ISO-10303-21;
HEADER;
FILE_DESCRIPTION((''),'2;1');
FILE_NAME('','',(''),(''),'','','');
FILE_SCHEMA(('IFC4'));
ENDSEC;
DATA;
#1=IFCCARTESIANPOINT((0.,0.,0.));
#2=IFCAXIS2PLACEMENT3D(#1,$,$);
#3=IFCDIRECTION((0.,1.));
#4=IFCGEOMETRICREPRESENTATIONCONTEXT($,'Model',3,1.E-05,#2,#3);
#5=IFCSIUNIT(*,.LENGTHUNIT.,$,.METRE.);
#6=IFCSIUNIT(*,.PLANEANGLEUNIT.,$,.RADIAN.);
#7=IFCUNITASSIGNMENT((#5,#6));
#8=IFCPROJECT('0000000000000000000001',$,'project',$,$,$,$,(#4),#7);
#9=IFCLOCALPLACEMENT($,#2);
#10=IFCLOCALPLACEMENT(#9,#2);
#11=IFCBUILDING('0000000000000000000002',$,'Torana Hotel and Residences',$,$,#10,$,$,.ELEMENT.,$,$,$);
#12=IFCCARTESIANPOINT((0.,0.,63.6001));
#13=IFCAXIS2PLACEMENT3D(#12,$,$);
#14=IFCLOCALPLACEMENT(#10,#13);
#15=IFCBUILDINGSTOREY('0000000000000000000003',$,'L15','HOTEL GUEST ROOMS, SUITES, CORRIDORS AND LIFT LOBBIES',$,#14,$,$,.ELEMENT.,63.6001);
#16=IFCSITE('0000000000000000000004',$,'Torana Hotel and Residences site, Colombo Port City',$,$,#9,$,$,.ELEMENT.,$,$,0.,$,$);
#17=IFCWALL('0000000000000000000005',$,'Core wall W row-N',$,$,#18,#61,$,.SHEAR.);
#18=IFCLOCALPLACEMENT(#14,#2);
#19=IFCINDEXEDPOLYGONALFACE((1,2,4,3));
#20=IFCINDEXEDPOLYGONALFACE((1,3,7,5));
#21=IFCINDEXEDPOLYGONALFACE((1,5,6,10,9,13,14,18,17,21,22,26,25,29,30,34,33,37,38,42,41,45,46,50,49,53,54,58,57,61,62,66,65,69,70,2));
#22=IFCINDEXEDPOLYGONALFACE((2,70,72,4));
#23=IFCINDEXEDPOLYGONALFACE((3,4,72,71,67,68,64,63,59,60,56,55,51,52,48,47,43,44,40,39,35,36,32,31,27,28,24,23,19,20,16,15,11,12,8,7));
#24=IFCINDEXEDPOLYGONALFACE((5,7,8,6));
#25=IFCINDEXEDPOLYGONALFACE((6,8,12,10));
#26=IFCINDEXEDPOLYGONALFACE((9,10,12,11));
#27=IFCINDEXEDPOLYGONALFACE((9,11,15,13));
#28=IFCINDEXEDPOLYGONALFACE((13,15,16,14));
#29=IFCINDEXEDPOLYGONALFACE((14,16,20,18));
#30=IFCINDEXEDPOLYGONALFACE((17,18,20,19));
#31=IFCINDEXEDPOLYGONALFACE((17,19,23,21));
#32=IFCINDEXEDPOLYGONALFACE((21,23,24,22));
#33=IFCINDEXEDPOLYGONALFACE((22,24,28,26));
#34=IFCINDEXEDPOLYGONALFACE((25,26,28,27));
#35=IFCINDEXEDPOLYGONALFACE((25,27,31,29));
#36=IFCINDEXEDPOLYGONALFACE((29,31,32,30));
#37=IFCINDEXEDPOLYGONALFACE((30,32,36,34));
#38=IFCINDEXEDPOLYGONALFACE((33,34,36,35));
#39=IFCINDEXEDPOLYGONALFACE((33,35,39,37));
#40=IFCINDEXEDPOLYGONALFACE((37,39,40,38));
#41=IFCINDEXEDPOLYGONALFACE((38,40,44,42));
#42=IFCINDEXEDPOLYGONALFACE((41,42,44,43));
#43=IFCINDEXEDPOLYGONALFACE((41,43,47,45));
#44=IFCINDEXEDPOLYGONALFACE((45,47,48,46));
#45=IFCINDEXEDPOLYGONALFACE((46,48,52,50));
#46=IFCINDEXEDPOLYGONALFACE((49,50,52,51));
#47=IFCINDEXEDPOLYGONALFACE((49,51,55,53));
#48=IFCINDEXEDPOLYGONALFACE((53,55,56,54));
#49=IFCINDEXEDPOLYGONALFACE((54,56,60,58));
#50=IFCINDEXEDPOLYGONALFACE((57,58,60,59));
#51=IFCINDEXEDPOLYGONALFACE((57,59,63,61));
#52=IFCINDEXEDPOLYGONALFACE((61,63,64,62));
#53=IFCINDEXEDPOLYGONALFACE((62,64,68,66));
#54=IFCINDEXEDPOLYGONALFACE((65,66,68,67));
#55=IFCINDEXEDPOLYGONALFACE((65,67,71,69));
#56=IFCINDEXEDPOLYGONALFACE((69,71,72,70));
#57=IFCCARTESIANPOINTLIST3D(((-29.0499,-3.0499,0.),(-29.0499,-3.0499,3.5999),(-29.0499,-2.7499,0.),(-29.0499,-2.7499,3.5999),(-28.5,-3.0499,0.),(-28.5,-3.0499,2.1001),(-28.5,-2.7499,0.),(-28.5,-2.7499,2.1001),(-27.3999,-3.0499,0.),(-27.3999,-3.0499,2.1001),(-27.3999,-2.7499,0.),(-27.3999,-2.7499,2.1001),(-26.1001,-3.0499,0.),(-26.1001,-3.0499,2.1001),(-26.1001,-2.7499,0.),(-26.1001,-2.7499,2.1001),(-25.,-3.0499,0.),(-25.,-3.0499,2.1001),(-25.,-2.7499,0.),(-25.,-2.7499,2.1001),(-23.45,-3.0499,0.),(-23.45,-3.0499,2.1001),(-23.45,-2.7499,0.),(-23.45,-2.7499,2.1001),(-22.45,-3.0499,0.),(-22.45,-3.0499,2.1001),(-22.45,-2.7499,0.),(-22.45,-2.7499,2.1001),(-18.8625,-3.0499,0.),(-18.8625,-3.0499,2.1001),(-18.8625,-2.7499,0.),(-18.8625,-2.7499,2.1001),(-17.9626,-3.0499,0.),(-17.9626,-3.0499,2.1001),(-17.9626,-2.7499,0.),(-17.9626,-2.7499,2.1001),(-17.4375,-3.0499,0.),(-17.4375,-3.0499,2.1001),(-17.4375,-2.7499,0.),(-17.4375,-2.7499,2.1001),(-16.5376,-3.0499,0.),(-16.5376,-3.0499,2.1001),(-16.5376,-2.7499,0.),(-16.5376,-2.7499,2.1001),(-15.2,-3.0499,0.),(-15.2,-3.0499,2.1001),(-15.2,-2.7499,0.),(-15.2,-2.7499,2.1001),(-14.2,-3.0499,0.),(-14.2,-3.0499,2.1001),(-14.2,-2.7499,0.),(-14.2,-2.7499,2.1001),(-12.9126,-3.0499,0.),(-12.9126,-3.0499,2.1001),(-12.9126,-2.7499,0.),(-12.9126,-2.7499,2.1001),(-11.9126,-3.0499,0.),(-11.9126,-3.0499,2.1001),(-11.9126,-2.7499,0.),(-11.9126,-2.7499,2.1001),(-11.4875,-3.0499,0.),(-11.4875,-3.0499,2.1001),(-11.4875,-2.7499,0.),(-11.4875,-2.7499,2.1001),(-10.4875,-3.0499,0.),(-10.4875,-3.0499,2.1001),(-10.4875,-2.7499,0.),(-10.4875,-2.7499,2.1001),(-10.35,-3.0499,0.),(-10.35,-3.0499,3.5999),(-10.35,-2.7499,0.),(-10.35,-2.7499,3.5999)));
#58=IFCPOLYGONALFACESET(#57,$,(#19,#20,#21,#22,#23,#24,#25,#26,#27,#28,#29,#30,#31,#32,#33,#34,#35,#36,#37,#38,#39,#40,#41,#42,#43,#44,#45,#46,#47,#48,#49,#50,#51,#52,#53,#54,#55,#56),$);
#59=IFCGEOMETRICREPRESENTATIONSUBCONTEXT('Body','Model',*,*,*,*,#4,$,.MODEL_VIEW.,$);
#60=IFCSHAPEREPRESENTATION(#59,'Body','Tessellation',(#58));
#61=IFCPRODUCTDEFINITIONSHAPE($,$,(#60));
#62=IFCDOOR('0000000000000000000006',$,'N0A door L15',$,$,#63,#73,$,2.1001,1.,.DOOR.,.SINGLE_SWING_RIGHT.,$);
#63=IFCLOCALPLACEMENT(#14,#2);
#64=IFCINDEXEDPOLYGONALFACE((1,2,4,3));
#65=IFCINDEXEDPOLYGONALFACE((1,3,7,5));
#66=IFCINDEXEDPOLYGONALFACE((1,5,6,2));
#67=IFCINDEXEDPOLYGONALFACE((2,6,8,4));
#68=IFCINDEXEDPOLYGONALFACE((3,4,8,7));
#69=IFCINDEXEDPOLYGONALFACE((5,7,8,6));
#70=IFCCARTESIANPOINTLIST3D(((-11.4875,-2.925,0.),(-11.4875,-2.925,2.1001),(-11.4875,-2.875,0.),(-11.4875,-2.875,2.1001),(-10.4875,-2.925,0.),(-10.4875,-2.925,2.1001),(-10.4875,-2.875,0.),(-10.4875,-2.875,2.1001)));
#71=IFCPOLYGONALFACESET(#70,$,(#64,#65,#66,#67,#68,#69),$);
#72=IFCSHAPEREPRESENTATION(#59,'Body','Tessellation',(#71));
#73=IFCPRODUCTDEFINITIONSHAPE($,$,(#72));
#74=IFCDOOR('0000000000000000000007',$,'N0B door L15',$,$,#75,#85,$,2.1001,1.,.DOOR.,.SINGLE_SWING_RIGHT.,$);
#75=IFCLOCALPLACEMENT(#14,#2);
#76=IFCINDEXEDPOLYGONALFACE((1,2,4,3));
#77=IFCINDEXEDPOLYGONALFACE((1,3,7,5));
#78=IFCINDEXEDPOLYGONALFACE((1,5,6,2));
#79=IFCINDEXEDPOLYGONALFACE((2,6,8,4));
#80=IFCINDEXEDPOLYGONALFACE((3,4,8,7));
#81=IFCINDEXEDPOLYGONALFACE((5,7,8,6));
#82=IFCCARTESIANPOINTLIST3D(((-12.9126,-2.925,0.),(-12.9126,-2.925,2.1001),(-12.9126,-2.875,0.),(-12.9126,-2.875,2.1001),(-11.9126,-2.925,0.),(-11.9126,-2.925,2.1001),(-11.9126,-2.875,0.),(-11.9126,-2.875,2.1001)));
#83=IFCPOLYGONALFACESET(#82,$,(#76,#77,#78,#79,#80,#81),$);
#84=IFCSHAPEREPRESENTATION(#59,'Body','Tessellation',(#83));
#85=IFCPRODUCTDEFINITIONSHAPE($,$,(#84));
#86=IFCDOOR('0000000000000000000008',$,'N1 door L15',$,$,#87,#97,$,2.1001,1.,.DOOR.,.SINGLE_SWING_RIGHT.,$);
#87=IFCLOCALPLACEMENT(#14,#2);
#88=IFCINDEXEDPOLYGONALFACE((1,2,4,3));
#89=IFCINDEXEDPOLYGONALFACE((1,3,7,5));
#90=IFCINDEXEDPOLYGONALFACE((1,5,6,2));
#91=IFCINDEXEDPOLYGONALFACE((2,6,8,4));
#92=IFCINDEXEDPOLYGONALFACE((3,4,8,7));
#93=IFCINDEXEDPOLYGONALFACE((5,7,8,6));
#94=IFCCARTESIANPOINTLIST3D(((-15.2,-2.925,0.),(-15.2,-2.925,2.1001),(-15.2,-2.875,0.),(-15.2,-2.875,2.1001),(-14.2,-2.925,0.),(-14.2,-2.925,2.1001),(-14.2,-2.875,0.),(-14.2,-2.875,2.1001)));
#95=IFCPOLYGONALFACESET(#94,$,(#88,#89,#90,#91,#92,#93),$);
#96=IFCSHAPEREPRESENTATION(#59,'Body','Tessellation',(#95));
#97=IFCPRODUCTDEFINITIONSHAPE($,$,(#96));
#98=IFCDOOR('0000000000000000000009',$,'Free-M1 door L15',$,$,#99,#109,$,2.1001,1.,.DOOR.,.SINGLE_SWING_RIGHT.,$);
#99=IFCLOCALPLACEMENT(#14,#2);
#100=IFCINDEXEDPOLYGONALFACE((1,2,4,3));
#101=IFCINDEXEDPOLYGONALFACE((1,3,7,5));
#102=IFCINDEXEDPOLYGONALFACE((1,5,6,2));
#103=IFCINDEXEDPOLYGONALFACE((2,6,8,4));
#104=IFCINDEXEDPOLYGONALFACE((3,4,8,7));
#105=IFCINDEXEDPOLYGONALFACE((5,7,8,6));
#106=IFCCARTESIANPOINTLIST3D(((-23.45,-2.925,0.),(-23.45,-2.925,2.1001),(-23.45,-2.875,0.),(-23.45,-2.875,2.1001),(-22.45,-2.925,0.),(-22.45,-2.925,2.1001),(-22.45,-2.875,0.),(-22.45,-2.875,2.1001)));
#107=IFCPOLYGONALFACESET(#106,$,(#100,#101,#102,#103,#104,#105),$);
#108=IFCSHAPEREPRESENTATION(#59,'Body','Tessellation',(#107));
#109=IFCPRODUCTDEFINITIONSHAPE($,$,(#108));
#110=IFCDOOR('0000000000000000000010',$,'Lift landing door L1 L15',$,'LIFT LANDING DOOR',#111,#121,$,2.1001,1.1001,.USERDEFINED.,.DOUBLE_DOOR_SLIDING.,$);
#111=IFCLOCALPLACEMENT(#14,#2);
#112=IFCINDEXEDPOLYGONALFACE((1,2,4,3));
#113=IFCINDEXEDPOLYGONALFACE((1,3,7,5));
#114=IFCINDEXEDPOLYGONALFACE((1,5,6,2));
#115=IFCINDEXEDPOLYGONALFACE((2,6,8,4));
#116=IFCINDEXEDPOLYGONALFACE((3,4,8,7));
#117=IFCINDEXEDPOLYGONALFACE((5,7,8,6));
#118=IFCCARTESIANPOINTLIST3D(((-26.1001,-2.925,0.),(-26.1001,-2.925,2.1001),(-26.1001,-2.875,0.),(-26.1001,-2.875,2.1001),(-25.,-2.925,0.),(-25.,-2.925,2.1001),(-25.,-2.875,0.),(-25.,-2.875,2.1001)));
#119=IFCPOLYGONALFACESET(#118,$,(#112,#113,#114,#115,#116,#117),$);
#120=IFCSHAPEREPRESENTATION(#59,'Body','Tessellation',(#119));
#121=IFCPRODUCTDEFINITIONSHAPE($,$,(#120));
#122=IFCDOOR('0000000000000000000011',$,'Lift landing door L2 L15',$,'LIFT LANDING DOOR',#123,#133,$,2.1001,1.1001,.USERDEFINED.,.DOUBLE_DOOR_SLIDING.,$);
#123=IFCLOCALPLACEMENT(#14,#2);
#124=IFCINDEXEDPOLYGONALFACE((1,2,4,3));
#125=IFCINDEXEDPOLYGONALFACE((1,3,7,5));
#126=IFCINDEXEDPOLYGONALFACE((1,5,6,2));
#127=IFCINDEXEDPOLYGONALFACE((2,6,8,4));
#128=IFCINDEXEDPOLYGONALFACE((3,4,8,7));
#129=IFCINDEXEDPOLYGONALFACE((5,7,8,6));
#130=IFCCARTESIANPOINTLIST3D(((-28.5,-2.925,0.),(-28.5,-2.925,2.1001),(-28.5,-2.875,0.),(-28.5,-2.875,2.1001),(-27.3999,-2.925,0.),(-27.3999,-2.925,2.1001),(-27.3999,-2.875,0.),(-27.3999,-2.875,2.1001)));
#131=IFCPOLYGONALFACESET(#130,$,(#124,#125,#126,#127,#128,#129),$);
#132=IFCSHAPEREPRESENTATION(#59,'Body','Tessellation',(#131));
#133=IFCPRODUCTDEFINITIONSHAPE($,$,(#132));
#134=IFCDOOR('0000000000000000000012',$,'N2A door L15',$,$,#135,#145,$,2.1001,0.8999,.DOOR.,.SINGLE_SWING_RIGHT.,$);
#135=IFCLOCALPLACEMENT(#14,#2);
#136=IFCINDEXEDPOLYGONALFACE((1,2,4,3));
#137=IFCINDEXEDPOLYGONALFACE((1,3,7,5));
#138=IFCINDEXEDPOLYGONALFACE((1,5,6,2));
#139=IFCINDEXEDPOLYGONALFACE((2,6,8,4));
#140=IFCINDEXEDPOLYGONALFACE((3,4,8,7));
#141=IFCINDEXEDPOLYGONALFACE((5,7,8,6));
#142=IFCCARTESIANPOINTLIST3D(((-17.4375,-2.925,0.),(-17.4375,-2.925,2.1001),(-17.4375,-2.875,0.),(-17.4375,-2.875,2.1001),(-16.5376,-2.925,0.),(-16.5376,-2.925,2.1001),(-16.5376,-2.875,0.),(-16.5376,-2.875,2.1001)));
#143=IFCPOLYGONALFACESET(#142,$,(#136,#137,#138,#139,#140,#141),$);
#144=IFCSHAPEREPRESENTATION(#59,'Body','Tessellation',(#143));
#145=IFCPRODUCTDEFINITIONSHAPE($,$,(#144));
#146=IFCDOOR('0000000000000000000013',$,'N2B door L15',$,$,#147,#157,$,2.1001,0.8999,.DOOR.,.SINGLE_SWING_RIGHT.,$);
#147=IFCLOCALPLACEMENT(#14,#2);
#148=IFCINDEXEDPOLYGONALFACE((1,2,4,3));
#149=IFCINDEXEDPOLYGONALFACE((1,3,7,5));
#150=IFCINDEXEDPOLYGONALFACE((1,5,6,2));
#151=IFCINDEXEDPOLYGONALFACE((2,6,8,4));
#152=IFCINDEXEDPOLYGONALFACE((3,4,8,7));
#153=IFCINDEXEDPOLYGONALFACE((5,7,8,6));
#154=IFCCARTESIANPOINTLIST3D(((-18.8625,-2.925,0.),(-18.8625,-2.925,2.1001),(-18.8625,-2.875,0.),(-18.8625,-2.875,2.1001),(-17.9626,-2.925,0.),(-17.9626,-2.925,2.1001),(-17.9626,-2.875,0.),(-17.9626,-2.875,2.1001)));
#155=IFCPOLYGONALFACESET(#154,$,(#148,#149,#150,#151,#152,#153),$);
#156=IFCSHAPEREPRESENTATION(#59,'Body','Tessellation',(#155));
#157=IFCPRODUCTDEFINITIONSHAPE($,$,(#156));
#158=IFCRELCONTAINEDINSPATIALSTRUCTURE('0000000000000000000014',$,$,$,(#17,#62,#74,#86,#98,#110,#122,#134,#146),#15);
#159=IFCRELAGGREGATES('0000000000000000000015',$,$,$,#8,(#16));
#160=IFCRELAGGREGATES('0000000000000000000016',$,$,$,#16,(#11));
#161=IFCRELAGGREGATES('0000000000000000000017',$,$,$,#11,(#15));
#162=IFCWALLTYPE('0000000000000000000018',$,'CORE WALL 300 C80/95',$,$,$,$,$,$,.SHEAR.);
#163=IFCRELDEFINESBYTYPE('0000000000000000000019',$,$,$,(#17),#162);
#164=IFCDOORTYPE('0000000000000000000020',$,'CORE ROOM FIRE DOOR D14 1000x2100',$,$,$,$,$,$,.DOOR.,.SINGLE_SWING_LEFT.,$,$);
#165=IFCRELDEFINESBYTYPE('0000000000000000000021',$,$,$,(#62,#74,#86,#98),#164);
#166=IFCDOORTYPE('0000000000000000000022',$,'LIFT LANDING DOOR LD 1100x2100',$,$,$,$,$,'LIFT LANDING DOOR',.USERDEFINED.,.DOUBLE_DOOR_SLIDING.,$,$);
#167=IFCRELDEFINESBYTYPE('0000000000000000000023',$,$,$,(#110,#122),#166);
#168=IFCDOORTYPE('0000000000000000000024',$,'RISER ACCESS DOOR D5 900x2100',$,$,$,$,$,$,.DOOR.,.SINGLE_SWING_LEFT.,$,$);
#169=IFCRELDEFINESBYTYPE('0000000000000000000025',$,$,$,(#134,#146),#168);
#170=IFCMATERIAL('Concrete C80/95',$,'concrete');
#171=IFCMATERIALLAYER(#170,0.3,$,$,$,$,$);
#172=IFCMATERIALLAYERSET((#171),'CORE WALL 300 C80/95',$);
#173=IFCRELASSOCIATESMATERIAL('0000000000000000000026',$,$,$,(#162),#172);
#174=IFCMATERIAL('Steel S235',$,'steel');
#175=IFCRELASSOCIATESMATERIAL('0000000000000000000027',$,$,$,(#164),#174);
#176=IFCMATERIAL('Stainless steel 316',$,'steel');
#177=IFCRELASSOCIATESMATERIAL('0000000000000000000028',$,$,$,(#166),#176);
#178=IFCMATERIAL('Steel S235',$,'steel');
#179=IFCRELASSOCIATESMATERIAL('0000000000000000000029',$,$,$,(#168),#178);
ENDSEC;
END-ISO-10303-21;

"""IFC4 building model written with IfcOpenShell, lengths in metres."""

from ifc_helpers import new_model, si_unit, direction, frame, frame_2d, origin, place, context, subcontext, project, spatial, rectangle, extrude, material, layer, layer_set, type_object, element, fill, save


model = new_model("IFC4")

# Units and contexts
model_context = context("Model", 3, precision=1e-05, world=origin(), true_north=direction((0.0, 1.0)))
body_context = subcontext(model_context, "Body", "Model", "MODEL_VIEW")
ifc_project = project(units=[si_unit("LENGTHUNIT", "METRE"), si_unit("PLANEANGLEUNIT", "RADIAN")], contexts=[model_context])

# Site, building, storey
site_placement = place(None, origin())
site = spatial("IfcSite", under=ifc_project, at=site_placement, Name="Torana Hotel and Residences site, Colombo Port City", CompositionType="ELEMENT", RefElevation=0.0)
building_placement = place(site_placement, origin())
building = spatial("IfcBuilding", under=site, at=building_placement, Name="Torana Hotel and Residences", CompositionType="ELEMENT")
storey_placement = place(building_placement, frame((0.0, 0.0, 63.6001)))
storey = spatial("IfcBuildingStorey", under=building, at=storey_placement, Name="L15", Description="HOTEL GUEST ROOMS, SUITES, CORRIDORS AND LIFT LOBBIES", CompositionType="ELEMENT", Elevation=63.6001)

# Wall, openings, doors
ifc_material_1 = material(Name="Concrete C80/95", Category="concrete")
ifc_layer_1 = layer(ifc_material_1, 0.3)
ifc_layer_set_1 = layer_set([ifc_layer_1], Name="CORE WALL 300 C80/95")
wall_type_1 = type_object("IfcWallType", Name="CORE WALL 300 C80/95", PredefinedType="SHEAR", material=ifc_layer_set_1)
wall_1_placement = place(storey_placement, frame((-29.05, -2.8999, 0.0), z_axis=(0.0, 0.0, 1.0), x_axis=(1.0, 0.0, 0.0)))
wall_1 = element("IfcWall", 1, at=wall_1_placement, inside=storey, type_object=wall_type_1, Name="Core wall W row-N", PredefinedType="SHEAR", context=body_context, shape_type="SweptSolid", body=[
    extrude(rectangle(XDim=18.7, YDim=0.3, at=frame_2d((9.3501, 0.0))), origin(), (0.0, 0.0, 1.0), 3.5999),
])
opening_1_placement = place(wall_1_placement, frame((2.95, 0.0, 0.0)))
opening_1 = element("IfcOpeningElement", 2, at=opening_1_placement, cuts=wall_1, PredefinedType="OPENING", context=body_context, shape_type="SweptSolid", body=[
    extrude(rectangle(XDim=1.1001, YDim=2.1001, at=frame_2d((0.55, 1.05))), frame((0.0, 0.1599, 0.0), z_axis=(0.0, -1.0, 0.0), x_axis=(1.0, 0.0, 0.0)), (0.0, 0.0, 1.0), 0.3201),
])
opening_2_placement = place(wall_1_placement, frame((0.55, 0.0, 0.0)))
opening_2 = element("IfcOpeningElement", 3, at=opening_2_placement, cuts=wall_1, PredefinedType="OPENING", context=body_context, shape_type="SweptSolid", body=[
    extrude(rectangle(XDim=1.1001, YDim=2.1001, at=frame_2d((0.55, 1.05))), frame((0.0, 0.1599, 0.0), z_axis=(0.0, -1.0, 0.0), x_axis=(1.0, 0.0, 0.0)), (0.0, 0.0, 1.0), 0.3201),
])
opening_3_placement = place(wall_1_placement, frame((11.6125, 0.0, 0.0)))
opening_3 = element("IfcOpeningElement", 4, at=opening_3_placement, cuts=wall_1, PredefinedType="OPENING", context=body_context, shape_type="SweptSolid", body=[
    extrude(rectangle(XDim=0.8999, YDim=2.1001, at=frame_2d((0.45, 1.05))), frame((0.0, 0.1599, 0.0), z_axis=(0.0, -1.0, 0.0), x_axis=(1.0, 0.0, 0.0)), (0.0, 0.0, 1.0), 0.3201),
])
opening_4_placement = place(wall_1_placement, frame((10.1875, 0.0, 0.0)))
opening_4 = element("IfcOpeningElement", 5, at=opening_4_placement, cuts=wall_1, PredefinedType="OPENING", context=body_context, shape_type="SweptSolid", body=[
    extrude(rectangle(XDim=0.8999, YDim=2.1001, at=frame_2d((0.45, 1.05))), frame((0.0, 0.1599, 0.0), z_axis=(0.0, -1.0, 0.0), x_axis=(1.0, 0.0, 0.0)), (0.0, 0.0, 1.0), 0.3201),
])
opening_5_placement = place(wall_1_placement, frame((17.5625, 0.0, 0.0)))
opening_5 = element("IfcOpeningElement", 6, at=opening_5_placement, cuts=wall_1, PredefinedType="OPENING", context=body_context, shape_type="SweptSolid", body=[
    extrude(rectangle(XDim=1.0, YDim=2.1001, at=frame_2d((0.5, 1.05))), frame((0.0, 0.1599, 0.0), z_axis=(0.0, -1.0, 0.0), x_axis=(1.0, 0.0, 0.0)), (0.0, 0.0, 1.0), 0.3201),
])
opening_6_placement = place(wall_1_placement, frame((16.1375, 0.0, 0.0)))
opening_6 = element("IfcOpeningElement", 7, at=opening_6_placement, cuts=wall_1, PredefinedType="OPENING", context=body_context, shape_type="SweptSolid", body=[
    extrude(rectangle(XDim=1.0, YDim=2.1001, at=frame_2d((0.5, 1.05))), frame((0.0, 0.1599, 0.0), z_axis=(0.0, -1.0, 0.0), x_axis=(1.0, 0.0, 0.0)), (0.0, 0.0, 1.0), 0.3201),
])
opening_7_placement = place(wall_1_placement, frame((13.8501, 0.0, 0.0)))
opening_7 = element("IfcOpeningElement", 8, at=opening_7_placement, cuts=wall_1, PredefinedType="OPENING", context=body_context, shape_type="SweptSolid", body=[
    extrude(rectangle(XDim=1.0, YDim=2.1001, at=frame_2d((0.5, 1.05))), frame((0.0, 0.1599, 0.0), z_axis=(0.0, -1.0, 0.0), x_axis=(1.0, 0.0, 0.0)), (0.0, 0.0, 1.0), 0.3201),
])
opening_8_placement = place(wall_1_placement, frame((5.6001, 0.0, 0.0)))
opening_8 = element("IfcOpeningElement", 9, at=opening_8_placement, cuts=wall_1, PredefinedType="OPENING", context=body_context, shape_type="SweptSolid", body=[
    extrude(rectangle(XDim=1.0, YDim=2.1001, at=frame_2d((0.5, 1.05))), frame((0.0, 0.1599, 0.0), z_axis=(0.0, -1.0, 0.0), x_axis=(1.0, 0.0, 0.0)), (0.0, 0.0, 1.0), 0.3201),
])
ifc_material_2 = material(Name="Steel S235", Category="steel")
door_type_1 = type_object("IfcDoorType", Name="CORE ROOM FIRE DOOR D14 1000x2100", OperationType="SINGLE_SWING_LEFT", PredefinedType="DOOR", material=ifc_material_2)
door_1_placement = place(opening_5_placement, origin())
door_1 = element("IfcDoor", 10, at=door_1_placement, inside=storey, type_object=door_type_1, Name="N0A door L15", OperationType="SINGLE_SWING_RIGHT", OverallHeight=2.1001, OverallWidth=1.0, PredefinedType="DOOR", context=body_context, shape_type="SweptSolid", body=[
    extrude(rectangle(XDim=1.0, YDim=2.1001, at=frame_2d((0.5, 1.05))), frame((0.0, 0.0249, 0.0), z_axis=(0.0, -1.0, 0.0), x_axis=(1.0, 0.0, 0.0)), (0.0, 0.0, 1.0), 0.05),
])
fill(opening_5, door_1)
door_2_placement = place(opening_6_placement, origin())
door_2 = element("IfcDoor", 11, at=door_2_placement, inside=storey, type_object=door_type_1, Name="N0B door L15", OperationType="SINGLE_SWING_RIGHT", OverallHeight=2.1001, OverallWidth=1.0, PredefinedType="DOOR", context=body_context, shape_type="SweptSolid", body=[
    extrude(rectangle(XDim=1.0, YDim=2.1001, at=frame_2d((0.5, 1.05))), frame((0.0, 0.0249, 0.0), z_axis=(0.0, -1.0, 0.0), x_axis=(1.0, 0.0, 0.0)), (0.0, 0.0, 1.0), 0.05),
])
fill(opening_6, door_2)
door_3_placement = place(opening_7_placement, origin())
door_3 = element("IfcDoor", 12, at=door_3_placement, inside=storey, type_object=door_type_1, Name="N1 door L15", OperationType="SINGLE_SWING_RIGHT", OverallHeight=2.1001, OverallWidth=1.0, PredefinedType="DOOR", context=body_context, shape_type="SweptSolid", body=[
    extrude(rectangle(XDim=1.0, YDim=2.1001, at=frame_2d((0.5, 1.05))), frame((0.0, 0.0249, 0.0), z_axis=(0.0, -1.0, 0.0), x_axis=(1.0, 0.0, 0.0)), (0.0, 0.0, 1.0), 0.05),
])
fill(opening_7, door_3)
door_4_placement = place(opening_8_placement, origin())
door_4 = element("IfcDoor", 13, at=door_4_placement, inside=storey, type_object=door_type_1, Name="Free-M1 door L15", OperationType="SINGLE_SWING_RIGHT", OverallHeight=2.1001, OverallWidth=1.0, PredefinedType="DOOR", context=body_context, shape_type="SweptSolid", body=[
    extrude(rectangle(XDim=1.0, YDim=2.1001, at=frame_2d((0.5, 1.05))), frame((0.0, 0.0249, 0.0), z_axis=(0.0, -1.0, 0.0), x_axis=(1.0, 0.0, 0.0)), (0.0, 0.0, 1.0), 0.05),
])
fill(opening_8, door_4)
ifc_material_3 = material(Name="Stainless steel 316", Category="steel")
door_type_2 = type_object("IfcDoorType", Name="LIFT LANDING DOOR LD 1100x2100", ElementType="LIFT LANDING DOOR", OperationType="DOUBLE_DOOR_SLIDING", PredefinedType="USERDEFINED", material=ifc_material_3)
door_5_placement = place(opening_1_placement, origin())
door_5 = element("IfcDoor", 14, at=door_5_placement, inside=storey, type_object=door_type_2, Name="Lift landing door L1 L15", ObjectType="LIFT LANDING DOOR", OperationType="DOUBLE_DOOR_SLIDING", OverallHeight=2.1001, OverallWidth=1.1001, PredefinedType="USERDEFINED", context=body_context, shape_type="SweptSolid", body=[
    extrude(rectangle(XDim=1.1001, YDim=2.1001, at=frame_2d((0.55, 1.05))), frame((0.0, 0.0249, 0.0), z_axis=(0.0, -1.0, 0.0), x_axis=(1.0, 0.0, 0.0)), (0.0, 0.0, 1.0), 0.05),
])
fill(opening_1, door_5)
door_6_placement = place(opening_2_placement, origin())
door_6 = element("IfcDoor", 15, at=door_6_placement, inside=storey, type_object=door_type_2, Name="Lift landing door L2 L15", ObjectType="LIFT LANDING DOOR", OperationType="DOUBLE_DOOR_SLIDING", OverallHeight=2.1001, OverallWidth=1.1001, PredefinedType="USERDEFINED", context=body_context, shape_type="SweptSolid", body=[
    extrude(rectangle(XDim=1.1001, YDim=2.1001, at=frame_2d((0.55, 1.05))), frame((0.0, 0.0249, 0.0), z_axis=(0.0, -1.0, 0.0), x_axis=(1.0, 0.0, 0.0)), (0.0, 0.0, 1.0), 0.05),
])
fill(opening_2, door_6)
ifc_material_4 = material(Name="Steel S235", Category="steel")
door_type_3 = type_object("IfcDoorType", Name="RISER ACCESS DOOR D5 900x2100", OperationType="SINGLE_SWING_LEFT", PredefinedType="DOOR", material=ifc_material_4)
door_7_placement = place(opening_3_placement, origin())
door_7 = element("IfcDoor", 16, at=door_7_placement, inside=storey, type_object=door_type_3, Name="N2A door L15", OperationType="SINGLE_SWING_RIGHT", OverallHeight=2.1001, OverallWidth=0.8999, PredefinedType="DOOR", context=body_context, shape_type="SweptSolid", body=[
    extrude(rectangle(XDim=0.8999, YDim=2.1001, at=frame_2d((0.45, 1.05))), frame((0.0, 0.0249, 0.0), z_axis=(0.0, -1.0, 0.0), x_axis=(1.0, 0.0, 0.0)), (0.0, 0.0, 1.0), 0.05),
])
fill(opening_3, door_7)
door_8_placement = place(opening_4_placement, origin())
door_8 = element("IfcDoor", 17, at=door_8_placement, inside=storey, type_object=door_type_3, Name="N2B door L15", OperationType="SINGLE_SWING_RIGHT", OverallHeight=2.1001, OverallWidth=0.8999, PredefinedType="DOOR", context=body_context, shape_type="SweptSolid", body=[
    extrude(rectangle(XDim=0.8999, YDim=2.1001, at=frame_2d((0.45, 1.05))), frame((0.0, 0.0249, 0.0), z_axis=(0.0, -1.0, 0.0), x_axis=(1.0, 0.0, 0.0)), (0.0, 0.0, 1.0), 0.05),
])
fill(opening_4, door_8)

save(model, "model.ifc")
